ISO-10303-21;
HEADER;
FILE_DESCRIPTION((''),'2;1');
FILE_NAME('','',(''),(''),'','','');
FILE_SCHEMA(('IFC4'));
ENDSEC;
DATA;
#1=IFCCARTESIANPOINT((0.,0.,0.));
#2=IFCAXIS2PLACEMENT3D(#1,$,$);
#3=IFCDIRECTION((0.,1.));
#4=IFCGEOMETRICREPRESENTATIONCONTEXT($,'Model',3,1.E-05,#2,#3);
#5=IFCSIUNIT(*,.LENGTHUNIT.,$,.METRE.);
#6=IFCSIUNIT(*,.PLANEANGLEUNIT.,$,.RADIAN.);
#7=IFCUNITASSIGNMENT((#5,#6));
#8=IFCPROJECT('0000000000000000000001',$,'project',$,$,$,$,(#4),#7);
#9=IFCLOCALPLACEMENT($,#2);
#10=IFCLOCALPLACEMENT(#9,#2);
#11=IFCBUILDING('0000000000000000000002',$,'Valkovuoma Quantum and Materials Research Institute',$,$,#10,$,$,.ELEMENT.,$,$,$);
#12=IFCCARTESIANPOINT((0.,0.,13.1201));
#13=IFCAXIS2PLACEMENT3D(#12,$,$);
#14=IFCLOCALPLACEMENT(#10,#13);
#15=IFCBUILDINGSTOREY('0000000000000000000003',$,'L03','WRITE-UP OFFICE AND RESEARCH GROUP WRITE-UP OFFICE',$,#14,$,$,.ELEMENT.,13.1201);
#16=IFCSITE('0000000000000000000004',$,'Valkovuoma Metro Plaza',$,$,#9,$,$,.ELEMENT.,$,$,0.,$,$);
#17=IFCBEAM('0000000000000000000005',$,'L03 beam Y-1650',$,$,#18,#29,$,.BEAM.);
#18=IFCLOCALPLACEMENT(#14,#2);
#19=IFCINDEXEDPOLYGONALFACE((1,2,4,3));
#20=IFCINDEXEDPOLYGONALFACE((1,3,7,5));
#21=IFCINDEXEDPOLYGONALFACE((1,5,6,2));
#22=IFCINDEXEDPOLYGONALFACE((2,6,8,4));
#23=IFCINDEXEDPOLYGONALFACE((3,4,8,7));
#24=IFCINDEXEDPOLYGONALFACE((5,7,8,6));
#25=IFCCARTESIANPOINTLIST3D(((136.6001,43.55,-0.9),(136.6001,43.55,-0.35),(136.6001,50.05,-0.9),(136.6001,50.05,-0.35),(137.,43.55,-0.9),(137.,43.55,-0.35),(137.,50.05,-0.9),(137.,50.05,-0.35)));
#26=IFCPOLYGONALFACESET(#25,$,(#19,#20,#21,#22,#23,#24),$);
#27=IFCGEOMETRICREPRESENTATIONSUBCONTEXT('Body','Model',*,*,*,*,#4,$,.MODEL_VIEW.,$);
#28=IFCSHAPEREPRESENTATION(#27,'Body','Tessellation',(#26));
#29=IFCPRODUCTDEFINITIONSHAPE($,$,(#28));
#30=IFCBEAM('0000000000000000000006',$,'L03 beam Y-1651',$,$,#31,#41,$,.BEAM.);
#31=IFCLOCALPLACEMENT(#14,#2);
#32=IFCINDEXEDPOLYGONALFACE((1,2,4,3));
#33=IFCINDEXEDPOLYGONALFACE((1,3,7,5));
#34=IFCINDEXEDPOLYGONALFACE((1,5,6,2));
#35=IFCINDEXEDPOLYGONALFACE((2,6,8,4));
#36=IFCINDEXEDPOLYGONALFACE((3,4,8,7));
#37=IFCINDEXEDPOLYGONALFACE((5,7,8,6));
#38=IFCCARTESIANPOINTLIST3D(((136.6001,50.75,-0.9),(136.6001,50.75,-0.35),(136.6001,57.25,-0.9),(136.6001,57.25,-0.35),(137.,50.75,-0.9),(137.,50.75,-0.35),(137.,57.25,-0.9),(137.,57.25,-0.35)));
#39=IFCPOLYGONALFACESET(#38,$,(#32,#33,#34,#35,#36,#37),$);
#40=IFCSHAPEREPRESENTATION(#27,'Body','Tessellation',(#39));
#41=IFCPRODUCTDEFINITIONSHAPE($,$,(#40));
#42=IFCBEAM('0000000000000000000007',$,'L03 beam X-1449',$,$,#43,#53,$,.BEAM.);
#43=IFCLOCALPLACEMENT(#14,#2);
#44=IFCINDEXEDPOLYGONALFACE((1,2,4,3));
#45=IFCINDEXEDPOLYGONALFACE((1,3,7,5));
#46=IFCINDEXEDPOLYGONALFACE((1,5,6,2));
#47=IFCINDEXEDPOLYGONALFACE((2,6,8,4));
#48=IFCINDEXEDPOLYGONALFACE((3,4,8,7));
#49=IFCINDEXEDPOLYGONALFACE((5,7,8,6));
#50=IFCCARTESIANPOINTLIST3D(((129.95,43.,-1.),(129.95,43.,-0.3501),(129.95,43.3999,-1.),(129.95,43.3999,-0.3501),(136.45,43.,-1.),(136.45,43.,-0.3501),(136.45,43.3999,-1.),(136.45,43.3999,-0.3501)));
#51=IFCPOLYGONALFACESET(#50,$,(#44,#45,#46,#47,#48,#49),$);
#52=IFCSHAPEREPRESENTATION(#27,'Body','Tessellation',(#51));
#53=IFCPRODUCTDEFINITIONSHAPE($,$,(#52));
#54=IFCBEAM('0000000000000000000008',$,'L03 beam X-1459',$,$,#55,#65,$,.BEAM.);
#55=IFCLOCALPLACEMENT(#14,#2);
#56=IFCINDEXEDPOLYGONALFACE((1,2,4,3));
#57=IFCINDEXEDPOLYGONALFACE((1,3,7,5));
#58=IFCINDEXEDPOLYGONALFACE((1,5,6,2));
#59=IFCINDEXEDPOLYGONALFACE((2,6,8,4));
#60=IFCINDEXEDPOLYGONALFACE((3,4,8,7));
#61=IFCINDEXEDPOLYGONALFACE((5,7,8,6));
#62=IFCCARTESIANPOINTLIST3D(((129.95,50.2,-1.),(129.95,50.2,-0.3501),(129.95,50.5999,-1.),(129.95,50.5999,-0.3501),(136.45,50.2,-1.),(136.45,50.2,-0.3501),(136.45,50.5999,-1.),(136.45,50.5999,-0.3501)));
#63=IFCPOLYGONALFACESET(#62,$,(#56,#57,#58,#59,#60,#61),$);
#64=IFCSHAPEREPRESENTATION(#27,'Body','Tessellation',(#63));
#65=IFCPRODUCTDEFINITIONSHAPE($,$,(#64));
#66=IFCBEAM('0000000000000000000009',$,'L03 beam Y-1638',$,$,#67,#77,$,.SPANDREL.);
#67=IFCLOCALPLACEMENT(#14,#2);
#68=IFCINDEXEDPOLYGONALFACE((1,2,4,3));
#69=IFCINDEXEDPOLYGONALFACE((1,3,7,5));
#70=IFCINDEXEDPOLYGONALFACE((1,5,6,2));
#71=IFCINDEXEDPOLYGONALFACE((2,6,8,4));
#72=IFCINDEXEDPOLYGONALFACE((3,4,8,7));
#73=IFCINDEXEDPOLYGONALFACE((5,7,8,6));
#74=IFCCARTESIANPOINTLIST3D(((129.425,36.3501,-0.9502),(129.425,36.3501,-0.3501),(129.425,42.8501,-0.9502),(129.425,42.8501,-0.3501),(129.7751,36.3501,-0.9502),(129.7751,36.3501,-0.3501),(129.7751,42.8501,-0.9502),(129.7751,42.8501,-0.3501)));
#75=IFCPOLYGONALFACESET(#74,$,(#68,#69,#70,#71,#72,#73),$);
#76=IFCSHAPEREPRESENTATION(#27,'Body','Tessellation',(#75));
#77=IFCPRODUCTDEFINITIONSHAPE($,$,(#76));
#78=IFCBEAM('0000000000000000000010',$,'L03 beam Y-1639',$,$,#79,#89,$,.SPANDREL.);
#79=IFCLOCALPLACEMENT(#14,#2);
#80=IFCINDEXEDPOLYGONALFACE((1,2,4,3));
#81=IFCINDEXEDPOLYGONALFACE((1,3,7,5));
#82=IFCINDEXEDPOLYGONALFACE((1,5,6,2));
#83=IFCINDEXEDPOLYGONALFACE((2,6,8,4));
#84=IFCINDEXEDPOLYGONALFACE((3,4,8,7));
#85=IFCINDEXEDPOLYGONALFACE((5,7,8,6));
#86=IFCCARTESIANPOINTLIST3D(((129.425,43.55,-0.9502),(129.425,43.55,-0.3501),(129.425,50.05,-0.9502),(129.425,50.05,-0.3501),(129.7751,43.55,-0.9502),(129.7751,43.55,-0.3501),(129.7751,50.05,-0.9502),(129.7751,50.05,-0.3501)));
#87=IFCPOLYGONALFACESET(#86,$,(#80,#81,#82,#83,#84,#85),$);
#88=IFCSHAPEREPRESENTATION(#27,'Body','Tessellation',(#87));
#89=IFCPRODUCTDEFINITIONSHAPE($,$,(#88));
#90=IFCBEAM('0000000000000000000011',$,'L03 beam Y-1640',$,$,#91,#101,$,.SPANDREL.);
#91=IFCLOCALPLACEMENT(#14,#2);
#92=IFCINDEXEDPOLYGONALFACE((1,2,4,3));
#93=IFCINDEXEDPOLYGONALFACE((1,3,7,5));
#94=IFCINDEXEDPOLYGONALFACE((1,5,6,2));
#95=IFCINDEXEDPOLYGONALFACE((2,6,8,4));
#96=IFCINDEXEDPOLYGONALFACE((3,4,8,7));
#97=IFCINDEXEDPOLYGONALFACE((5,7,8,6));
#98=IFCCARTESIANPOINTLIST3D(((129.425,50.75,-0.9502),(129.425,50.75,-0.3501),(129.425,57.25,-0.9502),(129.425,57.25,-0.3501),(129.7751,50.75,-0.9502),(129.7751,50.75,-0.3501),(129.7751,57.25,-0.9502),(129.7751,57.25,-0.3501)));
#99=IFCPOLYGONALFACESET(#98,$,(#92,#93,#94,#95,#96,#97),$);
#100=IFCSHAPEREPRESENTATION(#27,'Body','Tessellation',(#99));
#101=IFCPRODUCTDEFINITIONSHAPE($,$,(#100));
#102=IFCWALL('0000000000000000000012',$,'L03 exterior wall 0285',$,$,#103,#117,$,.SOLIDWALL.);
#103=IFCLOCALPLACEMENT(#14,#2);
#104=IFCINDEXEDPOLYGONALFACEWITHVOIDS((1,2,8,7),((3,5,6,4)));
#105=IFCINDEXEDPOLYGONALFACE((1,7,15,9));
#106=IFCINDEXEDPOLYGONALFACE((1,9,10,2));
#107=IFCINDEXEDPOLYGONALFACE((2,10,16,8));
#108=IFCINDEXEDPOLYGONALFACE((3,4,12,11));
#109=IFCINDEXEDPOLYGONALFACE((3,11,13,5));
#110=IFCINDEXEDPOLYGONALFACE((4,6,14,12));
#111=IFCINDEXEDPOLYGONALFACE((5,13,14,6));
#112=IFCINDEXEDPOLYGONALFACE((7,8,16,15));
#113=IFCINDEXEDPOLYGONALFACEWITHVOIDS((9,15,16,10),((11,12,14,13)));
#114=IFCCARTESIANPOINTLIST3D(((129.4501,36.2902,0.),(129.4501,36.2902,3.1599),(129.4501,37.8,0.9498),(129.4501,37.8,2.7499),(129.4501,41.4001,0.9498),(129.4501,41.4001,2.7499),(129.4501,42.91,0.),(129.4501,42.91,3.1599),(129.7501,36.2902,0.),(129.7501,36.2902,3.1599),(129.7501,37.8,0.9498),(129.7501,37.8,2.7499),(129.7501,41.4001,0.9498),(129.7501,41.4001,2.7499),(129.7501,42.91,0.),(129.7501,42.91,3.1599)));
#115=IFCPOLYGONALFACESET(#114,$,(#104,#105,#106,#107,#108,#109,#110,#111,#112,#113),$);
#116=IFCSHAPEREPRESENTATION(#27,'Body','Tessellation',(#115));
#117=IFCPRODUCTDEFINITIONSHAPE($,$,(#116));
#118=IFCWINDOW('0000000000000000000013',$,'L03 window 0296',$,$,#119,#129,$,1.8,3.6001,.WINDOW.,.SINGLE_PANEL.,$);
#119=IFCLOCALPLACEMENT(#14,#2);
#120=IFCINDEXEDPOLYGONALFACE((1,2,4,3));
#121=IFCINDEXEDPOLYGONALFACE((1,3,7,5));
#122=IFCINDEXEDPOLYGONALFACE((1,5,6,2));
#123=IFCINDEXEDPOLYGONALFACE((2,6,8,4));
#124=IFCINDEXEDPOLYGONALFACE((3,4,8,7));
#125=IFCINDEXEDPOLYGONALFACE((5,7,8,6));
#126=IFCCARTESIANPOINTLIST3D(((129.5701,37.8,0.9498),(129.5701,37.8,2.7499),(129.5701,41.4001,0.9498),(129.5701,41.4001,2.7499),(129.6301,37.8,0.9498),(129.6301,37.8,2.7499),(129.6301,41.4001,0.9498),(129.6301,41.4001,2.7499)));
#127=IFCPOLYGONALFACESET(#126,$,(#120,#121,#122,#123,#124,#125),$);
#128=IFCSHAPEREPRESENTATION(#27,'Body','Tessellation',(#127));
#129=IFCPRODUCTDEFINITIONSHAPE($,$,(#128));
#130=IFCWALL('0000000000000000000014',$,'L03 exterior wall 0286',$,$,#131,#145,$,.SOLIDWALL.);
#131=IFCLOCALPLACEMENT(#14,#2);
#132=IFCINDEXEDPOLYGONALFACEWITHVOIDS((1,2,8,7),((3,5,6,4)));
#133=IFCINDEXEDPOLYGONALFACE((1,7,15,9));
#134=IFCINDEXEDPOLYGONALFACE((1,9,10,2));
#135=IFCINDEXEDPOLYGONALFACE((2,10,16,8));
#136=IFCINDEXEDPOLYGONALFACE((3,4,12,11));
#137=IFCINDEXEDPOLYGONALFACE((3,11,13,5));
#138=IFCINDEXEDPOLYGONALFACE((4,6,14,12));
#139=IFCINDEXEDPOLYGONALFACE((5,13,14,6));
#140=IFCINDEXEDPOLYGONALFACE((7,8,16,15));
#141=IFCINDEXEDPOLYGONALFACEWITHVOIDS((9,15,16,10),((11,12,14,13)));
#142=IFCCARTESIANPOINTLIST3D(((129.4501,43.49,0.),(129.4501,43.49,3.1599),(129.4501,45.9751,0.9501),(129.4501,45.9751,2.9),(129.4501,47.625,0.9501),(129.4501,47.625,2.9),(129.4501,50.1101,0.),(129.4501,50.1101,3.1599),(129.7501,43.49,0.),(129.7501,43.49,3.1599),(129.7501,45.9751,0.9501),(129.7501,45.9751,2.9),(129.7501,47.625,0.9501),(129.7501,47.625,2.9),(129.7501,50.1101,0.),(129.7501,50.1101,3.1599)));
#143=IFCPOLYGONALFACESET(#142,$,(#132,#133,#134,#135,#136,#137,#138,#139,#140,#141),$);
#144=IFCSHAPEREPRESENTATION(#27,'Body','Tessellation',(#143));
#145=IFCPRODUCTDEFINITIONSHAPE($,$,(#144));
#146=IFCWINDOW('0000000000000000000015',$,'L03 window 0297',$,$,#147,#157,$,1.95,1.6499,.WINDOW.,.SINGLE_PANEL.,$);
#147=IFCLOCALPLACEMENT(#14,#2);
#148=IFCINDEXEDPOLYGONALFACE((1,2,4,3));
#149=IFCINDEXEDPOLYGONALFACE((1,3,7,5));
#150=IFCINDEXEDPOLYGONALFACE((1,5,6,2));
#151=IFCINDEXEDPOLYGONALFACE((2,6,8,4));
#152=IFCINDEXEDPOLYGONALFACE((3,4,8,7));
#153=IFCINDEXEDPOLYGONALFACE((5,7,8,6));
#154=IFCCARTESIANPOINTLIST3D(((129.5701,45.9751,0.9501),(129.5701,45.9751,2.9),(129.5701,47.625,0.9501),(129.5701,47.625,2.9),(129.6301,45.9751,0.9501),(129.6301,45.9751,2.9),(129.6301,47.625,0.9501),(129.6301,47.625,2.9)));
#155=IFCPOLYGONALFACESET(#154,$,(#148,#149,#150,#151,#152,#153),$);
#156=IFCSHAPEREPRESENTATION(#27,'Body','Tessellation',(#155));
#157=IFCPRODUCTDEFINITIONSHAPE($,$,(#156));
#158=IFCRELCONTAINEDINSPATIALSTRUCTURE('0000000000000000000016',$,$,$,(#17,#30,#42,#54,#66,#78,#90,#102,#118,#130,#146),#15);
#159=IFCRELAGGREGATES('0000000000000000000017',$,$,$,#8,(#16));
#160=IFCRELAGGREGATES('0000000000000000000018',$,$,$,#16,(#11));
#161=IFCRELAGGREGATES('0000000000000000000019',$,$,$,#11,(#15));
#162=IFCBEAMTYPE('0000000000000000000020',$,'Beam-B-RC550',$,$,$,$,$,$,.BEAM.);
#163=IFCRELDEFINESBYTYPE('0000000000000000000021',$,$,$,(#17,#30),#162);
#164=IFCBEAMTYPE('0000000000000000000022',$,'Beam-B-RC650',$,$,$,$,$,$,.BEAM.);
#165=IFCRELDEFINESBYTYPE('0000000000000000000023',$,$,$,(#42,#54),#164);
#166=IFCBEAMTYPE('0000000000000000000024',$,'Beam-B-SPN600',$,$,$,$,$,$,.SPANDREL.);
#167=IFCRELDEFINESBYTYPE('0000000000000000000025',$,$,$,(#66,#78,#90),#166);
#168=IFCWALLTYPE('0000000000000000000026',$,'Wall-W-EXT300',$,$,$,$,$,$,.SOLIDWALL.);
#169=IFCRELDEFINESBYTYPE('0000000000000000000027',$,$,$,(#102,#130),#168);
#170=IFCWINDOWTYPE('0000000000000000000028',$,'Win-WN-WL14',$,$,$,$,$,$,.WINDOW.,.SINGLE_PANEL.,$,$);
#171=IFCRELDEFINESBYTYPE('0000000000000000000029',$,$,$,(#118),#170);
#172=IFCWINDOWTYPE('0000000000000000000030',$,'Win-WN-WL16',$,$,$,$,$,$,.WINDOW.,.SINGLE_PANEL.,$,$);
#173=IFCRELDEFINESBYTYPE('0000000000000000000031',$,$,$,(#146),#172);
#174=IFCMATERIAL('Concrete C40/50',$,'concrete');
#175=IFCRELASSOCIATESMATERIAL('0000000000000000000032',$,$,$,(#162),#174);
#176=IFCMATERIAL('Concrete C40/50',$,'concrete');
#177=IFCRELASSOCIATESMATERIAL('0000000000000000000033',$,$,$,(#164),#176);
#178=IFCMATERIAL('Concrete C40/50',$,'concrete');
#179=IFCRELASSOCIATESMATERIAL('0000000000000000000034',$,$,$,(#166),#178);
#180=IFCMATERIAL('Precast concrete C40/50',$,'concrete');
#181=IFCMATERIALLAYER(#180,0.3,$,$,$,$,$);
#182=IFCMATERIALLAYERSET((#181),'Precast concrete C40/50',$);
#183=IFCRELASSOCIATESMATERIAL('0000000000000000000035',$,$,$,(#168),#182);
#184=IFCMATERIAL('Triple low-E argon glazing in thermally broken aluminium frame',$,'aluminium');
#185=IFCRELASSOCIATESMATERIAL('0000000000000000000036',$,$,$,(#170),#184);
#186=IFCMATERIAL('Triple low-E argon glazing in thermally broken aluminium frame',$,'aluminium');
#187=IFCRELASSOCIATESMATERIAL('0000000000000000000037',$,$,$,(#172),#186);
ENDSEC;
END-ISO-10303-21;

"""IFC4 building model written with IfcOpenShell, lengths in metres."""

from ifc_helpers import new_model, si_unit, direction, frame, frame_2d, origin, origin_2d, place, context, subcontext, project, spatial, rectangle, extrude, material, layer, layer_set, material_profile, profile_set, type_object, element, fill, save


model = new_model("IFC4")

# Units and contexts
model_context = context("Model", 3, precision=1e-05, world=origin(), true_north=direction((0.0, 1.0)))
body_context = subcontext(model_context, "Body", "Model", "MODEL_VIEW")
ifc_project = project(units=[si_unit("LENGTHUNIT", "METRE"), si_unit("PLANEANGLEUNIT", "RADIAN")], contexts=[model_context])

# Site, building, storey
site_placement = place(None, origin())
site = spatial("IfcSite", under=ifc_project, at=site_placement, Name="Valkovuoma Metro Plaza", CompositionType="ELEMENT", RefElevation=0.0)
building_placement = place(site_placement, origin())
building = spatial("IfcBuilding", under=site, at=building_placement, Name="Valkovuoma Quantum and Materials Research Institute", CompositionType="ELEMENT")
storey_placement = place(building_placement, frame((0.0, 0.0, 13.1201)))
storey = spatial("IfcBuildingStorey", under=building, at=storey_placement, Name="L03", Description="WRITE-UP OFFICE AND RESEARCH GROUP WRITE-UP OFFICE", CompositionType="ELEMENT", Elevation=13.1201)

# Beams
ifc_material_1 = material(Name="Concrete C40/50", Category="concrete")
ifc_material_profile_1 = material_profile(ifc_material_1, rectangle(XDim=0.3999, YDim=0.55, at=origin_2d()), Name="Concrete C40/50")
ifc_profile_set_1 = profile_set([ifc_material_profile_1], Name="Concrete C40/50")
beam_type_1 = type_object("IfcBeamType", Name="Beam-B-RC550", PredefinedType="BEAM", material=ifc_profile_set_1)
for number, where, z_axis, x_axis, name in (
    (1, (136.8, 43.55, -0.625), (0.0, 1.0, 0.0), (-1.0, 0.0, 0.0), "L03 beam Y-1650"),
    (2, (136.8, 50.75, -0.625), (0.0, 1.0, 0.0), (-1.0, 0.0, 0.0), "L03 beam Y-1651"),
):
    element("IfcBeam", number, at=place(storey_placement, frame(where, z_axis=z_axis, x_axis=x_axis)), inside=storey, type_object=beam_type_1, Name=name, PredefinedType="BEAM", context=body_context, shape_type="SweptSolid", body=[
        extrude(rectangle(XDim=0.3999, YDim=0.55, at=origin_2d()), origin(), (0.0, 0.0, 1.0), 6.5),
    ])
ifc_material_2 = material(Name="Concrete C40/50", Category="concrete")
ifc_material_profile_2 = material_profile(ifc_material_2, rectangle(XDim=0.3999, YDim=0.6499, at=origin_2d()), Name="Concrete C40/50")
ifc_profile_set_2 = profile_set([ifc_material_profile_2], Name="Concrete C40/50")
beam_type_2 = type_object("IfcBeamType", Name="Beam-B-RC650", PredefinedType="BEAM", material=ifc_profile_set_2)
for number, where, z_axis, x_axis, name in (
    (3, (129.95, 43.2, -0.675), (1.0, 0.0, 0.0), (0.0, 1.0, 0.0), "L03 beam X-1449"),
    (4, (129.95, 50.3999, -0.675), (1.0, 0.0, 0.0), (0.0, 1.0, 0.0), "L03 beam X-1459"),
):
    element("IfcBeam", number, at=place(storey_placement, frame(where, z_axis=z_axis, x_axis=x_axis)), inside=storey, type_object=beam_type_2, Name=name, PredefinedType="BEAM", context=body_context, shape_type="SweptSolid", body=[
        extrude(rectangle(XDim=0.3999, YDim=0.6499, at=origin_2d()), origin(), (0.0, 0.0, 1.0), 6.5),
    ])
ifc_material_3 = material(Name="Concrete C40/50", Category="concrete")
ifc_material_profile_3 = material_profile(ifc_material_3, rectangle(XDim=0.3501, YDim=0.6001, at=origin_2d()), Name="Concrete C40/50")
ifc_profile_set_3 = profile_set([ifc_material_profile_3], Name="Concrete C40/50")
beam_type_3 = type_object("IfcBeamType", Name="Beam-B-SPN600", PredefinedType="SPANDREL", material=ifc_profile_set_3)
for number, where, z_axis, x_axis, name in (
    (5, (129.6001, 36.3501, -0.6501), (0.0, 1.0, 0.0), (-1.0, 0.0, 0.0), "L03 beam Y-1638"),
    (6, (129.6001, 43.55, -0.6501), (0.0, 1.0, 0.0), (-1.0, 0.0, 0.0), "L03 beam Y-1639"),
    (7, (129.6001, 50.75, -0.6501), (0.0, 1.0, 0.0), (-1.0, 0.0, 0.0), "L03 beam Y-1640"),
):
    element("IfcBeam", number, at=place(storey_placement, frame(where, z_axis=z_axis, x_axis=x_axis)), inside=storey, type_object=beam_type_3, Name=name, PredefinedType="SPANDREL", context=body_context, shape_type="SweptSolid", body=[
        extrude(rectangle(XDim=0.3501, YDim=0.6001, at=origin_2d()), origin(), (0.0, 0.0, 1.0), 6.5),
    ])

# Walls, openings, windows
ifc_material_4 = material(Name="Precast concrete C40/50", Category="concrete")
ifc_layer = layer(ifc_material_4, 0.3)
ifc_layer_set = layer_set([ifc_layer], Name="Precast concrete C40/50")
wall_type = type_object("IfcWallType", Name="Wall-W-EXT300", PredefinedType="SOLIDWALL", material=ifc_layer_set)
wall_1_placement = place(storey_placement, frame((129.6001, 36.29, 0.0), z_axis=(0.0, 0.0, 1.0), x_axis=(0.0, 1.0, 0.0)))
wall_1 = element("IfcWall", 8, at=wall_1_placement, inside=storey, type_object=wall_type, Name="L03 exterior wall 0285", PredefinedType="SOLIDWALL", context=body_context, shape_type="SweptSolid", body=[
    extrude(rectangle(XDim=6.6199, YDim=0.3, at=frame_2d((3.3101, 0.0))), origin(), (0.0, 0.0, 1.0), 3.1599),
])
opening_1_placement = place(wall_1_placement, frame((1.51, 0.0, 0.95)))
opening_1 = element("IfcOpeningElement", 9, at=opening_1_placement, cuts=wall_1, PredefinedType="OPENING", context=body_context, shape_type="SweptSolid", body=[
    extrude(rectangle(XDim=3.6001, YDim=1.8, at=frame_2d((1.8, 0.8999))), frame((0.0, 0.1602, 0.0), z_axis=(0.0, -1.0, 0.0), x_axis=(1.0, 0.0, 0.0)), (0.0, 0.0, 1.0), 0.3201),
])
ifc_material_5 = material(Name="Triple low-E argon glazing in thermally broken aluminium frame", Category="aluminium")
window_type_1 = type_object("IfcWindowType", Name="Win-WN-WL14", PartitioningType="SINGLE_PANEL", PredefinedType="WINDOW", material=ifc_material_5)
window_1_placement = place(opening_1_placement, origin())
window_1 = element("IfcWindow", 10, at=window_1_placement, inside=storey, type_object=window_type_1, Name="L03 window 0296", OverallHeight=1.8, OverallWidth=3.6001, PartitioningType="SINGLE_PANEL", PredefinedType="WINDOW", context=body_context, shape_type="SweptSolid", body=[
    extrude(rectangle(XDim=3.6001, YDim=1.8, at=frame_2d((1.8, 0.8999))), frame((0.0, 0.03, 0.0), z_axis=(0.0, -1.0, 0.0), x_axis=(1.0, 0.0, 0.0)), (0.0, 0.0, 1.0), 0.0601),
])
fill(opening_1, window_1)
wall_2_placement = place(storey_placement, frame((129.6001, 43.49, 0.0), z_axis=(0.0, 0.0, 1.0), x_axis=(0.0, 1.0, 0.0)))
wall_2 = element("IfcWall", 11, at=wall_2_placement, inside=storey, type_object=wall_type, Name="L03 exterior wall 0286", PredefinedType="SOLIDWALL", context=body_context, shape_type="SweptSolid", body=[
    extrude(rectangle(XDim=6.6201, YDim=0.3, at=frame_2d((3.3101, 0.0))), origin(), (0.0, 0.0, 1.0), 3.1599),
])
opening_2_placement = place(wall_2_placement, frame((2.4851, 0.0, 0.95)))
opening_2 = element("IfcOpeningElement", 12, at=opening_2_placement, cuts=wall_2, PredefinedType="OPENING", context=body_context, shape_type="SweptSolid", body=[
    extrude(rectangle(XDim=1.6499, YDim=1.95, at=frame_2d((0.825, 0.9751))), frame((0.0, 0.1602, 0.0), z_axis=(0.0, -1.0, 0.0), x_axis=(1.0, 0.0, 0.0)), (0.0, 0.0, 1.0), 0.3201),
])
ifc_material_6 = material(Name="Triple low-E argon glazing in thermally broken aluminium frame", Category="aluminium")
window_type_2 = type_object("IfcWindowType", Name="Win-WN-WL16", PartitioningType="SINGLE_PANEL", PredefinedType="WINDOW", material=ifc_material_6)
window_2_placement = place(opening_2_placement, origin())
window_2 = element("IfcWindow", 13, at=window_2_placement, inside=storey, type_object=window_type_2, Name="L03 window 0297", OverallHeight=1.95, OverallWidth=1.6499, PartitioningType="SINGLE_PANEL", PredefinedType="WINDOW", context=body_context, shape_type="SweptSolid", body=[
    extrude(rectangle(XDim=1.6499, YDim=1.95, at=frame_2d((0.825, 0.9751))), frame((0.0, 0.03, 0.0), z_axis=(0.0, -1.0, 0.0), x_axis=(1.0, 0.0, 0.0)), (0.0, 0.0, 1.0), 0.0601),
])
fill(opening_2, window_2)

save(model, "model.ifc")
